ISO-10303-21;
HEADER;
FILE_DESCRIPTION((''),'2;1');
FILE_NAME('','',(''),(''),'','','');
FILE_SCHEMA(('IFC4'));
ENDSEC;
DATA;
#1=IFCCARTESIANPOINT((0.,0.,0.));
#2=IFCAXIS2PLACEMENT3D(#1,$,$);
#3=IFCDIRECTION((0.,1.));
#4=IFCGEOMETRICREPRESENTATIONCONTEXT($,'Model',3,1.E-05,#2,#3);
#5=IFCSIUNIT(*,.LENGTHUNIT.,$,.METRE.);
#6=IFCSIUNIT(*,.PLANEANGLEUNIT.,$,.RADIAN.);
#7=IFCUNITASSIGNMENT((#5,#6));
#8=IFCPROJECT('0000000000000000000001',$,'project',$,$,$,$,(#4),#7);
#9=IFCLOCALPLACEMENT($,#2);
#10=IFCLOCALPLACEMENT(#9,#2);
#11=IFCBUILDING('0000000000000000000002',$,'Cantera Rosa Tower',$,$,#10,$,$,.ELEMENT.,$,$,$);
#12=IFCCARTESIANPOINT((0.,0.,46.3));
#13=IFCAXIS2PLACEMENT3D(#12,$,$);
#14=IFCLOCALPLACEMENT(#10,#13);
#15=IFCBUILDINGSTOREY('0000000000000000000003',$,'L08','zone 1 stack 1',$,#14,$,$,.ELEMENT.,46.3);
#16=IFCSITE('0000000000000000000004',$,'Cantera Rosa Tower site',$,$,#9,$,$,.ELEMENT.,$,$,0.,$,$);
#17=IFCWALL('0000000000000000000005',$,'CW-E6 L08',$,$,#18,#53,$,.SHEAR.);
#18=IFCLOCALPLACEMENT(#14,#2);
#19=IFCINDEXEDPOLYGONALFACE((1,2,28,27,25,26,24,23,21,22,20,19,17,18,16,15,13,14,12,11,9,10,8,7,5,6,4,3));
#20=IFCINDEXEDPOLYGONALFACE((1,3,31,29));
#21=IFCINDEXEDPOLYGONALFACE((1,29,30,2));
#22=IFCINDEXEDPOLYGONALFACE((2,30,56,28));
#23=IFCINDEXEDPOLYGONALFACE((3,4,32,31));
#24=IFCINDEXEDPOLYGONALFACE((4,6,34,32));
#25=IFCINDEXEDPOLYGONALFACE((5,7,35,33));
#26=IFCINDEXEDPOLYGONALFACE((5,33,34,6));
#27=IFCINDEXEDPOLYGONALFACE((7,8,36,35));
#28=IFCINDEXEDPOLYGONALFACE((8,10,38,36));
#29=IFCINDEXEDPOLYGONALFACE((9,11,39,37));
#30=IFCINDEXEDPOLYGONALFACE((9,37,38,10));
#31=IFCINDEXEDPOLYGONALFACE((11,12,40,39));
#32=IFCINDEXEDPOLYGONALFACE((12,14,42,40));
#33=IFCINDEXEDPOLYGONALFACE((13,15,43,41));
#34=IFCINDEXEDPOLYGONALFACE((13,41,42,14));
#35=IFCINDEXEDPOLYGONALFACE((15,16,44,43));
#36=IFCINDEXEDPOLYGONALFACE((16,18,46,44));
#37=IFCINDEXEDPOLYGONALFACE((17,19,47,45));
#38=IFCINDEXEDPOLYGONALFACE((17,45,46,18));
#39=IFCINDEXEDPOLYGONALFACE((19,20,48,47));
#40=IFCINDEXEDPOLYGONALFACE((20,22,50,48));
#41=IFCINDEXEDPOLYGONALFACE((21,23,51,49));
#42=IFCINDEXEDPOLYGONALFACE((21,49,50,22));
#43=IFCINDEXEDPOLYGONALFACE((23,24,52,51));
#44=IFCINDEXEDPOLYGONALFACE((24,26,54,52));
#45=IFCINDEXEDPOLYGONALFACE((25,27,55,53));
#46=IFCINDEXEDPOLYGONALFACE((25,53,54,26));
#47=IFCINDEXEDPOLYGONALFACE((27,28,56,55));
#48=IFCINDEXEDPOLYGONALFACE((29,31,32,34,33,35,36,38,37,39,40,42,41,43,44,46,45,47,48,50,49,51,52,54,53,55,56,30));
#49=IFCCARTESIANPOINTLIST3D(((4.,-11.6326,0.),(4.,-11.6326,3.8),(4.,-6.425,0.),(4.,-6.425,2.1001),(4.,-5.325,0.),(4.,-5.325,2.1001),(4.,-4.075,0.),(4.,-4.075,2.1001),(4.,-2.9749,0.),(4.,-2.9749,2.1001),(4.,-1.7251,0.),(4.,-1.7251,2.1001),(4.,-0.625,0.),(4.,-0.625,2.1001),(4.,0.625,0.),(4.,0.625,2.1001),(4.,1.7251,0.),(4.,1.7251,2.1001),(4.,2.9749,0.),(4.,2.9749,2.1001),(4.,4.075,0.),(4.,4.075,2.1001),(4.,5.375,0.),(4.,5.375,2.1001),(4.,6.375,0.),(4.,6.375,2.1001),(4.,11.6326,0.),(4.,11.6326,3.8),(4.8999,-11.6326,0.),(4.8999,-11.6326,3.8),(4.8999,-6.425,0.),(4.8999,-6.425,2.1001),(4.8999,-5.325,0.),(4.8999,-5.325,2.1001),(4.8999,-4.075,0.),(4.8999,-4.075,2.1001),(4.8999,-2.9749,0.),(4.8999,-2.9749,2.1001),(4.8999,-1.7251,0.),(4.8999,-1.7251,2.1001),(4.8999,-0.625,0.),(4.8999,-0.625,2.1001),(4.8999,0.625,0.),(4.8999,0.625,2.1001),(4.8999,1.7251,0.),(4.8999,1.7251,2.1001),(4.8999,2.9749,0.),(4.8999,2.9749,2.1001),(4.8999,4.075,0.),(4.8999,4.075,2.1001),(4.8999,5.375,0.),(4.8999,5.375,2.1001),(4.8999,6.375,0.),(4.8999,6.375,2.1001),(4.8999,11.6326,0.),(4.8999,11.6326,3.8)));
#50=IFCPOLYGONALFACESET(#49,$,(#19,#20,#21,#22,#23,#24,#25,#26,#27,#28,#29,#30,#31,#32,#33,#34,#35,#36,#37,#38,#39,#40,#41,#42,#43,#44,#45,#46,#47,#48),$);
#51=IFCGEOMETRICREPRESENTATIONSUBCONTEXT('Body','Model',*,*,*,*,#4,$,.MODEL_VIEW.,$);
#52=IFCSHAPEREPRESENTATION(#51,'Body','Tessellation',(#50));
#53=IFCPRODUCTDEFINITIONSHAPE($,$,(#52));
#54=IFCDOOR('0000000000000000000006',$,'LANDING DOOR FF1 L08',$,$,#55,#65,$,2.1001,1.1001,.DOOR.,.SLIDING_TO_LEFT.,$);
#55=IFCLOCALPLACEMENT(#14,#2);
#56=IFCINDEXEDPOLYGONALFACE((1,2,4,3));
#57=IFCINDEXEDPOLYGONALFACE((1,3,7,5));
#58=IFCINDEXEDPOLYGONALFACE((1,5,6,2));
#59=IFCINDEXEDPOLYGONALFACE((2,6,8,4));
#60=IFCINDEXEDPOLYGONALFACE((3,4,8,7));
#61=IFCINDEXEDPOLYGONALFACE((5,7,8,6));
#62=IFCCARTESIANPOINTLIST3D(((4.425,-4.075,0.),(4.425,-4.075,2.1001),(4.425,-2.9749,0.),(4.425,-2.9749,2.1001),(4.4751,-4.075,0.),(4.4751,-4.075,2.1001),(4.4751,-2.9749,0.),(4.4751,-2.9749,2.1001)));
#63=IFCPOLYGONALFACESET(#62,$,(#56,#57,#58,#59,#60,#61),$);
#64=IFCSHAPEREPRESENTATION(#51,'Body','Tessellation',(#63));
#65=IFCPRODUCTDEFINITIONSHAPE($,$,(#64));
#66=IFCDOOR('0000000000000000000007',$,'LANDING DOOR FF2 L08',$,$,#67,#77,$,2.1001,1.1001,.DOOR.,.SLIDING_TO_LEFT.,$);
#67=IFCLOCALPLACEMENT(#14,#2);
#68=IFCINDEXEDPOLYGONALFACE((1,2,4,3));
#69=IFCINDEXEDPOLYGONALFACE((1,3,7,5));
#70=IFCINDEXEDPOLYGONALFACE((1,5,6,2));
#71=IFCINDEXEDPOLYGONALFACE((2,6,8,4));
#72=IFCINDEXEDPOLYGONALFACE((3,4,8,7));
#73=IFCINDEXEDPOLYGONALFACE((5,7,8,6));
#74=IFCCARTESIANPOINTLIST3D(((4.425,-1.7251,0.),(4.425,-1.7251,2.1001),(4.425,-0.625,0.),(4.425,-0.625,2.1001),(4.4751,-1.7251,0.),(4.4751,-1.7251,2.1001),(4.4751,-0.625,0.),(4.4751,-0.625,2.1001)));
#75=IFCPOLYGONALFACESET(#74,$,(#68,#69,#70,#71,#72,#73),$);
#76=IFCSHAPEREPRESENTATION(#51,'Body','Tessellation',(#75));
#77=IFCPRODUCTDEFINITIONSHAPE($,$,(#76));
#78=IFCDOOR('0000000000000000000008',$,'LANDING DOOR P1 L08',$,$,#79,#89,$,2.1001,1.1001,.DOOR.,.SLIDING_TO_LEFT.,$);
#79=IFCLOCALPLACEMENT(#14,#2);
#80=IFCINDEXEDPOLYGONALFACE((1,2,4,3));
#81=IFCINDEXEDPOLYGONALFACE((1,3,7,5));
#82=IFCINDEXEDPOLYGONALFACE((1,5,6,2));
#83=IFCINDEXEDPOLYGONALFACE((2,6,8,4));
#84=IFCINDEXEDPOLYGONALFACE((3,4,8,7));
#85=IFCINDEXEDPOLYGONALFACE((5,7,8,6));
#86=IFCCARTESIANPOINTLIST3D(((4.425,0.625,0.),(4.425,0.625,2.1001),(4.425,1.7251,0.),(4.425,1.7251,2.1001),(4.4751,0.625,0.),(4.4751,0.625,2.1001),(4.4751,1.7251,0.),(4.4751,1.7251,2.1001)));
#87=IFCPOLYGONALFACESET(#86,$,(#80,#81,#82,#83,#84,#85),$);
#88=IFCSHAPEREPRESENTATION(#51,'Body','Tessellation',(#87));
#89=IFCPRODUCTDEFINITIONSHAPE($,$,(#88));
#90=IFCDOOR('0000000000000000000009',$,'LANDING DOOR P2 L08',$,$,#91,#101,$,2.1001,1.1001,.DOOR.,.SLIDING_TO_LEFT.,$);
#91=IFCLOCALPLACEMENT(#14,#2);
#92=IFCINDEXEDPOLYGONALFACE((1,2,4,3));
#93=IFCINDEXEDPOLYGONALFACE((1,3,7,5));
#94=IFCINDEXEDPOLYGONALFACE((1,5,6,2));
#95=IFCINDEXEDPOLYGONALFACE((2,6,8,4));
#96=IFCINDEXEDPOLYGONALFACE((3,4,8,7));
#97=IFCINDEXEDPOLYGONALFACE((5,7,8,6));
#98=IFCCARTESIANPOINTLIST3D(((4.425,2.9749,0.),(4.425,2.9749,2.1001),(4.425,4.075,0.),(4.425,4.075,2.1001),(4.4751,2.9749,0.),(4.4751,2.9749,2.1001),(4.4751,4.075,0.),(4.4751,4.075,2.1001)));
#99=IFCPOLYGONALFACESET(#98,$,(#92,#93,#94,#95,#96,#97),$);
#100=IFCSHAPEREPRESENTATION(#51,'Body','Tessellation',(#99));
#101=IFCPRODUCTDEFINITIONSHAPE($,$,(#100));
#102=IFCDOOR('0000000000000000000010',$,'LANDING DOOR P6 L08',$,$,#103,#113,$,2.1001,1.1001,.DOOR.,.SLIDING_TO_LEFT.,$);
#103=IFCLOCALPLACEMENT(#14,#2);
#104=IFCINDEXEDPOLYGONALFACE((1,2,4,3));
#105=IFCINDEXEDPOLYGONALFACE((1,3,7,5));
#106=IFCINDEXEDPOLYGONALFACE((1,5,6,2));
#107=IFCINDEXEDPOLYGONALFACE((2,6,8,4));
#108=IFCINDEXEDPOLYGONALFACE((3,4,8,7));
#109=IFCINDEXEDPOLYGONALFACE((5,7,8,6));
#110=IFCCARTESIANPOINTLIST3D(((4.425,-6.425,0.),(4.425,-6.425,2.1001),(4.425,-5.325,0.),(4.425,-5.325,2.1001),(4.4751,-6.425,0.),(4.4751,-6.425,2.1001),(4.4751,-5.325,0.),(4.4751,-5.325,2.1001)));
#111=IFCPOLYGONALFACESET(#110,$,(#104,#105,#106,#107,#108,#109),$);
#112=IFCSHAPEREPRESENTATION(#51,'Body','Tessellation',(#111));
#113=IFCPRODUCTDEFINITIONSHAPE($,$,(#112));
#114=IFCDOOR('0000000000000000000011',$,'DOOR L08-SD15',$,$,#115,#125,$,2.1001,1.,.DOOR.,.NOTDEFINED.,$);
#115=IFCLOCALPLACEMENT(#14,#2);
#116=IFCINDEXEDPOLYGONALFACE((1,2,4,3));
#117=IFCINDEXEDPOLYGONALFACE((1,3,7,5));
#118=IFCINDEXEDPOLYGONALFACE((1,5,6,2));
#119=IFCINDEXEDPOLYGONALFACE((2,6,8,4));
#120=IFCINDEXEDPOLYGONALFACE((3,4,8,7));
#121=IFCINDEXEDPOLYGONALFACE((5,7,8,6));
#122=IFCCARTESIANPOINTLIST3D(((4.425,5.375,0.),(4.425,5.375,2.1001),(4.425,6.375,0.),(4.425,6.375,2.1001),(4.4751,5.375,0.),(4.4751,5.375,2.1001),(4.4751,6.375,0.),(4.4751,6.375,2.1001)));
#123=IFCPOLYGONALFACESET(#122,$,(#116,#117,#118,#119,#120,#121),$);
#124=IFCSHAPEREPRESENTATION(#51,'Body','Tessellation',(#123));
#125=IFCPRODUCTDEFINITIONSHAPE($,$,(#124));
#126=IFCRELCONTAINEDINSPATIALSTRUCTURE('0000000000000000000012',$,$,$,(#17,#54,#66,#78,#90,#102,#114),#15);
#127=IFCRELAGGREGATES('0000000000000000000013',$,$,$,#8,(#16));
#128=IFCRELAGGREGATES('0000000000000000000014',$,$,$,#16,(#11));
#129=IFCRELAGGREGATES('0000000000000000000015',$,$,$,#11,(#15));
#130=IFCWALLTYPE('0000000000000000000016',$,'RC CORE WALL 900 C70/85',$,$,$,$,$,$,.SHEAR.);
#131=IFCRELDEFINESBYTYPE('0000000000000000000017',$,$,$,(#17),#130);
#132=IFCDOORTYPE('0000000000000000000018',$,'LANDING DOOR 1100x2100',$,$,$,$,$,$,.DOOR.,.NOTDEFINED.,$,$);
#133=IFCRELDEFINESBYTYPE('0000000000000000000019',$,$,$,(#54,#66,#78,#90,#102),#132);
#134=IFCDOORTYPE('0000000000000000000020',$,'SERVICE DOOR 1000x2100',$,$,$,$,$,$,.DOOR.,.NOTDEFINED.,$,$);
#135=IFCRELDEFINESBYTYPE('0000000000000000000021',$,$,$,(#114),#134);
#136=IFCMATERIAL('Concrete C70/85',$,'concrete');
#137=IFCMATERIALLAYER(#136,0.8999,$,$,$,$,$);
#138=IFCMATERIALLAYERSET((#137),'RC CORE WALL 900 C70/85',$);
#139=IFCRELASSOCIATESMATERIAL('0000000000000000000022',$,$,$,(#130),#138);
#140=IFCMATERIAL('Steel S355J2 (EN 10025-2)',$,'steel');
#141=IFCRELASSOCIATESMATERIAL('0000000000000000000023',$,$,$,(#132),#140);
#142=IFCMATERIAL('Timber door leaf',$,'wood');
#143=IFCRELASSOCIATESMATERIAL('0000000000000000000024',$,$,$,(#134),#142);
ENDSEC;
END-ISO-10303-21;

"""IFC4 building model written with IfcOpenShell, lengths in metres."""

from ifc_helpers import new_model, si_unit, direction, frame, frame_2d, origin, place, context, subcontext, project, spatial, rectangle, extrude, material, layer, layer_set, type_object, element, fill, save


model = new_model("IFC4")

# Units and contexts
model_context = context("Model", 3, precision=1e-05, world=origin(), true_north=direction((0.0, 1.0)))
body_context = subcontext(model_context, "Body", "Model", "MODEL_VIEW")
ifc_project = project(units=[si_unit("LENGTHUNIT", "METRE"), si_unit("PLANEANGLEUNIT", "RADIAN")], contexts=[model_context])

# Site, building, storey
site_placement = place(None, origin())
site = spatial("IfcSite", under=ifc_project, at=site_placement, Name="Cantera Rosa Tower site", CompositionType="ELEMENT", RefElevation=0.0)
building_placement = place(site_placement, origin())
building = spatial("IfcBuilding", under=site, at=building_placement, Name="Cantera Rosa Tower", CompositionType="ELEMENT")
storey_placement = place(building_placement, frame((0.0, 0.0, 46.3)))
storey = spatial("IfcBuildingStorey", under=building, at=storey_placement, Name="L08", Description="zone 1 stack 1", CompositionType="ELEMENT", Elevation=46.3)

# Wall, openings, doors
ifc_material_1 = material(Name="Concrete C70/85", Category="concrete")
ifc_layer_1 = layer(ifc_material_1, 0.8999)
ifc_layer_set_1 = layer_set([ifc_layer_1], Name="RC CORE WALL 900 C70/85")
wall_type_1 = type_object("IfcWallType", Name="RC CORE WALL 900 C70/85", PredefinedType="SHEAR", material=ifc_layer_set_1)
wall_1_placement = place(storey_placement, frame((4.45, -11.6326, 0.0), z_axis=(0.0, 0.0, 1.0), x_axis=(0.0, 1.0, 0.0)))
wall_1 = element("IfcWall", 1, at=wall_1_placement, inside=storey, type_object=wall_type_1, Name="CW-E6 L08", PredefinedType="SHEAR", context=body_context, shape_type="SweptSolid", body=[
    extrude(rectangle(XDim=23.2651, YDim=0.8999, at=frame_2d((11.6326, 0.0))), origin(), (0.0, 0.0, 1.0), 3.8),
])
opening_1_placement = place(wall_1_placement, frame((7.5576, 0.0, 0.0)))
opening_1 = element("IfcOpeningElement", 2, at=opening_1_placement, cuts=wall_1, PredefinedType="OPENING", context=body_context, shape_type="SweptSolid", body=[
    extrude(rectangle(XDim=1.1001, YDim=2.1001, at=frame_2d((0.55, 1.05))), frame((0.0, 0.46, 0.0), z_axis=(0.0, -1.0, 0.0), x_axis=(1.0, 0.0, 0.0)), (0.0, 0.0, 1.0), 0.9199),
])
opening_2_placement = place(wall_1_placement, frame((9.9075, 0.0, 0.0)))
opening_2 = element("IfcOpeningElement", 3, at=opening_2_placement, cuts=wall_1, PredefinedType="OPENING", context=body_context, shape_type="SweptSolid", body=[
    extrude(rectangle(XDim=1.1001, YDim=2.1001, at=frame_2d((0.55, 1.05))), frame((0.0, 0.46, 0.0), z_axis=(0.0, -1.0, 0.0), x_axis=(1.0, 0.0, 0.0)), (0.0, 0.0, 1.0), 0.9199),
])
opening_3_placement = place(wall_1_placement, frame((12.2576, 0.0, 0.0)))
opening_3 = element("IfcOpeningElement", 4, at=opening_3_placement, cuts=wall_1, PredefinedType="OPENING", context=body_context, shape_type="SweptSolid", body=[
    extrude(rectangle(XDim=1.1001, YDim=2.1001, at=frame_2d((0.55, 1.05))), frame((0.0, 0.46, 0.0), z_axis=(0.0, -1.0, 0.0), x_axis=(1.0, 0.0, 0.0)), (0.0, 0.0, 1.0), 0.9199),
])
opening_4_placement = place(wall_1_placement, frame((14.6074, 0.0, 0.0)))
opening_4 = element("IfcOpeningElement", 5, at=opening_4_placement, cuts=wall_1, PredefinedType="OPENING", context=body_context, shape_type="SweptSolid", body=[
    extrude(rectangle(XDim=1.1001, YDim=2.1001, at=frame_2d((0.55, 1.05))), frame((0.0, 0.46, 0.0), z_axis=(0.0, -1.0, 0.0), x_axis=(1.0, 0.0, 0.0)), (0.0, 0.0, 1.0), 0.9199),
])
opening_5_placement = place(wall_1_placement, frame((5.2075, 0.0, 0.0)))
opening_5 = element("IfcOpeningElement", 6, at=opening_5_placement, cuts=wall_1, PredefinedType="OPENING", context=body_context, shape_type="SweptSolid", body=[
    extrude(rectangle(XDim=1.1001, YDim=2.1001, at=frame_2d((0.55, 1.05))), frame((0.0, 0.46, 0.0), z_axis=(0.0, -1.0, 0.0), x_axis=(1.0, 0.0, 0.0)), (0.0, 0.0, 1.0), 0.9199),
])
opening_6_placement = place(wall_1_placement, frame((17.0076, 0.0, 0.0)))
opening_6 = element("IfcOpeningElement", 7, at=opening_6_placement, cuts=wall_1, PredefinedType="OPENING", context=body_context, shape_type="SweptSolid", body=[
    extrude(rectangle(XDim=1.0, YDim=2.1001, at=frame_2d((0.5, 1.05))), frame((0.0, 0.46, 0.0), z_axis=(0.0, -1.0, 0.0), x_axis=(1.0, 0.0, 0.0)), (0.0, 0.0, 1.0), 0.9199),
])
ifc_material_2 = material(Name="Steel S355J2 (EN 10025-2)", Category="steel")
door_type_1 = type_object("IfcDoorType", Name="LANDING DOOR 1100x2100", OperationType="NOTDEFINED", PredefinedType="DOOR", material=ifc_material_2)
door_1_placement = place(opening_1_placement, origin())
door_1 = element("IfcDoor", 8, at=door_1_placement, inside=storey, type_object=door_type_1, Name="LANDING DOOR FF1 L08", OperationType="SLIDING_TO_LEFT", OverallHeight=2.1001, OverallWidth=1.1001, PredefinedType="DOOR", context=body_context, shape_type="SweptSolid", body=[
    extrude(rectangle(XDim=1.1001, YDim=2.1001, at=frame_2d((0.55, 1.05))), frame((0.0, 0.0249, 0.0), z_axis=(0.0, -1.0, 0.0), x_axis=(1.0, 0.0, 0.0)), (0.0, 0.0, 1.0), 0.05),
])
fill(opening_1, door_1)
door_2_placement = place(opening_2_placement, origin())
door_2 = element("IfcDoor", 9, at=door_2_placement, inside=storey, type_object=door_type_1, Name="LANDING DOOR FF2 L08", OperationType="SLIDING_TO_LEFT", OverallHeight=2.1001, OverallWidth=1.1001, PredefinedType="DOOR", context=body_context, shape_type="SweptSolid", body=[
    extrude(rectangle(XDim=1.1001, YDim=2.1001, at=frame_2d((0.55, 1.05))), frame((0.0, 0.0249, 0.0), z_axis=(0.0, -1.0, 0.0), x_axis=(1.0, 0.0, 0.0)), (0.0, 0.0, 1.0), 0.05),
])
fill(opening_2, door_2)
door_3_placement = place(opening_3_placement, origin())
door_3 = element("IfcDoor", 10, at=door_3_placement, inside=storey, type_object=door_type_1, Name="LANDING DOOR P1 L08", OperationType="SLIDING_TO_LEFT", OverallHeight=2.1001, OverallWidth=1.1001, PredefinedType="DOOR", context=body_context, shape_type="SweptSolid", body=[
    extrude(rectangle(XDim=1.1001, YDim=2.1001, at=frame_2d((0.55, 1.05))), frame((0.0, 0.0249, 0.0), z_axis=(0.0, -1.0, 0.0), x_axis=(1.0, 0.0, 0.0)), (0.0, 0.0, 1.0), 0.05),
])
fill(opening_3, door_3)
door_4_placement = place(opening_4_placement, origin())
door_4 = element("IfcDoor", 11, at=door_4_placement, inside=storey, type_object=door_type_1, Name="LANDING DOOR P2 L08", OperationType="SLIDING_TO_LEFT", OverallHeight=2.1001, OverallWidth=1.1001, PredefinedType="DOOR", context=body_context, shape_type="SweptSolid", body=[
    extrude(rectangle(XDim=1.1001, YDim=2.1001, at=frame_2d((0.55, 1.05))), frame((0.0, 0.0249, 0.0), z_axis=(0.0, -1.0, 0.0), x_axis=(1.0, 0.0, 0.0)), (0.0, 0.0, 1.0), 0.05),
])
fill(opening_4, door_4)
door_5_placement = place(opening_5_placement, origin())
door_5 = element("IfcDoor", 12, at=door_5_placement, inside=storey, type_object=door_type_1, Name="LANDING DOOR P6 L08", OperationType="SLIDING_TO_LEFT", OverallHeight=2.1001, OverallWidth=1.1001, PredefinedType="DOOR", context=body_context, shape_type="SweptSolid", body=[
    extrude(rectangle(XDim=1.1001, YDim=2.1001, at=frame_2d((0.55, 1.05))), frame((0.0, 0.0249, 0.0), z_axis=(0.0, -1.0, 0.0), x_axis=(1.0, 0.0, 0.0)), (0.0, 0.0, 1.0), 0.05),
])
fill(opening_5, door_5)
ifc_material_3 = material(Name="Timber door leaf", Category="wood")
door_type_2 = type_object("IfcDoorType", Name="SERVICE DOOR 1000x2100", OperationType="NOTDEFINED", PredefinedType="DOOR", material=ifc_material_3)
door_6_placement = place(opening_6_placement, origin())
door_6 = element("IfcDoor", 13, at=door_6_placement, inside=storey, type_object=door_type_2, Name="DOOR L08-SD15", OperationType="NOTDEFINED", OverallHeight=2.1001, OverallWidth=1.0, PredefinedType="DOOR", context=body_context, shape_type="SweptSolid", body=[
    extrude(rectangle(XDim=1.0, YDim=2.1001, at=frame_2d((0.5, 1.05))), frame((0.0, 0.0249, 0.0), z_axis=(0.0, -1.0, 0.0), x_axis=(1.0, 0.0, 0.0)), (0.0, 0.0, 1.0), 0.05),
])
fill(opening_6, door_6)

save(model, "model.ifc")
